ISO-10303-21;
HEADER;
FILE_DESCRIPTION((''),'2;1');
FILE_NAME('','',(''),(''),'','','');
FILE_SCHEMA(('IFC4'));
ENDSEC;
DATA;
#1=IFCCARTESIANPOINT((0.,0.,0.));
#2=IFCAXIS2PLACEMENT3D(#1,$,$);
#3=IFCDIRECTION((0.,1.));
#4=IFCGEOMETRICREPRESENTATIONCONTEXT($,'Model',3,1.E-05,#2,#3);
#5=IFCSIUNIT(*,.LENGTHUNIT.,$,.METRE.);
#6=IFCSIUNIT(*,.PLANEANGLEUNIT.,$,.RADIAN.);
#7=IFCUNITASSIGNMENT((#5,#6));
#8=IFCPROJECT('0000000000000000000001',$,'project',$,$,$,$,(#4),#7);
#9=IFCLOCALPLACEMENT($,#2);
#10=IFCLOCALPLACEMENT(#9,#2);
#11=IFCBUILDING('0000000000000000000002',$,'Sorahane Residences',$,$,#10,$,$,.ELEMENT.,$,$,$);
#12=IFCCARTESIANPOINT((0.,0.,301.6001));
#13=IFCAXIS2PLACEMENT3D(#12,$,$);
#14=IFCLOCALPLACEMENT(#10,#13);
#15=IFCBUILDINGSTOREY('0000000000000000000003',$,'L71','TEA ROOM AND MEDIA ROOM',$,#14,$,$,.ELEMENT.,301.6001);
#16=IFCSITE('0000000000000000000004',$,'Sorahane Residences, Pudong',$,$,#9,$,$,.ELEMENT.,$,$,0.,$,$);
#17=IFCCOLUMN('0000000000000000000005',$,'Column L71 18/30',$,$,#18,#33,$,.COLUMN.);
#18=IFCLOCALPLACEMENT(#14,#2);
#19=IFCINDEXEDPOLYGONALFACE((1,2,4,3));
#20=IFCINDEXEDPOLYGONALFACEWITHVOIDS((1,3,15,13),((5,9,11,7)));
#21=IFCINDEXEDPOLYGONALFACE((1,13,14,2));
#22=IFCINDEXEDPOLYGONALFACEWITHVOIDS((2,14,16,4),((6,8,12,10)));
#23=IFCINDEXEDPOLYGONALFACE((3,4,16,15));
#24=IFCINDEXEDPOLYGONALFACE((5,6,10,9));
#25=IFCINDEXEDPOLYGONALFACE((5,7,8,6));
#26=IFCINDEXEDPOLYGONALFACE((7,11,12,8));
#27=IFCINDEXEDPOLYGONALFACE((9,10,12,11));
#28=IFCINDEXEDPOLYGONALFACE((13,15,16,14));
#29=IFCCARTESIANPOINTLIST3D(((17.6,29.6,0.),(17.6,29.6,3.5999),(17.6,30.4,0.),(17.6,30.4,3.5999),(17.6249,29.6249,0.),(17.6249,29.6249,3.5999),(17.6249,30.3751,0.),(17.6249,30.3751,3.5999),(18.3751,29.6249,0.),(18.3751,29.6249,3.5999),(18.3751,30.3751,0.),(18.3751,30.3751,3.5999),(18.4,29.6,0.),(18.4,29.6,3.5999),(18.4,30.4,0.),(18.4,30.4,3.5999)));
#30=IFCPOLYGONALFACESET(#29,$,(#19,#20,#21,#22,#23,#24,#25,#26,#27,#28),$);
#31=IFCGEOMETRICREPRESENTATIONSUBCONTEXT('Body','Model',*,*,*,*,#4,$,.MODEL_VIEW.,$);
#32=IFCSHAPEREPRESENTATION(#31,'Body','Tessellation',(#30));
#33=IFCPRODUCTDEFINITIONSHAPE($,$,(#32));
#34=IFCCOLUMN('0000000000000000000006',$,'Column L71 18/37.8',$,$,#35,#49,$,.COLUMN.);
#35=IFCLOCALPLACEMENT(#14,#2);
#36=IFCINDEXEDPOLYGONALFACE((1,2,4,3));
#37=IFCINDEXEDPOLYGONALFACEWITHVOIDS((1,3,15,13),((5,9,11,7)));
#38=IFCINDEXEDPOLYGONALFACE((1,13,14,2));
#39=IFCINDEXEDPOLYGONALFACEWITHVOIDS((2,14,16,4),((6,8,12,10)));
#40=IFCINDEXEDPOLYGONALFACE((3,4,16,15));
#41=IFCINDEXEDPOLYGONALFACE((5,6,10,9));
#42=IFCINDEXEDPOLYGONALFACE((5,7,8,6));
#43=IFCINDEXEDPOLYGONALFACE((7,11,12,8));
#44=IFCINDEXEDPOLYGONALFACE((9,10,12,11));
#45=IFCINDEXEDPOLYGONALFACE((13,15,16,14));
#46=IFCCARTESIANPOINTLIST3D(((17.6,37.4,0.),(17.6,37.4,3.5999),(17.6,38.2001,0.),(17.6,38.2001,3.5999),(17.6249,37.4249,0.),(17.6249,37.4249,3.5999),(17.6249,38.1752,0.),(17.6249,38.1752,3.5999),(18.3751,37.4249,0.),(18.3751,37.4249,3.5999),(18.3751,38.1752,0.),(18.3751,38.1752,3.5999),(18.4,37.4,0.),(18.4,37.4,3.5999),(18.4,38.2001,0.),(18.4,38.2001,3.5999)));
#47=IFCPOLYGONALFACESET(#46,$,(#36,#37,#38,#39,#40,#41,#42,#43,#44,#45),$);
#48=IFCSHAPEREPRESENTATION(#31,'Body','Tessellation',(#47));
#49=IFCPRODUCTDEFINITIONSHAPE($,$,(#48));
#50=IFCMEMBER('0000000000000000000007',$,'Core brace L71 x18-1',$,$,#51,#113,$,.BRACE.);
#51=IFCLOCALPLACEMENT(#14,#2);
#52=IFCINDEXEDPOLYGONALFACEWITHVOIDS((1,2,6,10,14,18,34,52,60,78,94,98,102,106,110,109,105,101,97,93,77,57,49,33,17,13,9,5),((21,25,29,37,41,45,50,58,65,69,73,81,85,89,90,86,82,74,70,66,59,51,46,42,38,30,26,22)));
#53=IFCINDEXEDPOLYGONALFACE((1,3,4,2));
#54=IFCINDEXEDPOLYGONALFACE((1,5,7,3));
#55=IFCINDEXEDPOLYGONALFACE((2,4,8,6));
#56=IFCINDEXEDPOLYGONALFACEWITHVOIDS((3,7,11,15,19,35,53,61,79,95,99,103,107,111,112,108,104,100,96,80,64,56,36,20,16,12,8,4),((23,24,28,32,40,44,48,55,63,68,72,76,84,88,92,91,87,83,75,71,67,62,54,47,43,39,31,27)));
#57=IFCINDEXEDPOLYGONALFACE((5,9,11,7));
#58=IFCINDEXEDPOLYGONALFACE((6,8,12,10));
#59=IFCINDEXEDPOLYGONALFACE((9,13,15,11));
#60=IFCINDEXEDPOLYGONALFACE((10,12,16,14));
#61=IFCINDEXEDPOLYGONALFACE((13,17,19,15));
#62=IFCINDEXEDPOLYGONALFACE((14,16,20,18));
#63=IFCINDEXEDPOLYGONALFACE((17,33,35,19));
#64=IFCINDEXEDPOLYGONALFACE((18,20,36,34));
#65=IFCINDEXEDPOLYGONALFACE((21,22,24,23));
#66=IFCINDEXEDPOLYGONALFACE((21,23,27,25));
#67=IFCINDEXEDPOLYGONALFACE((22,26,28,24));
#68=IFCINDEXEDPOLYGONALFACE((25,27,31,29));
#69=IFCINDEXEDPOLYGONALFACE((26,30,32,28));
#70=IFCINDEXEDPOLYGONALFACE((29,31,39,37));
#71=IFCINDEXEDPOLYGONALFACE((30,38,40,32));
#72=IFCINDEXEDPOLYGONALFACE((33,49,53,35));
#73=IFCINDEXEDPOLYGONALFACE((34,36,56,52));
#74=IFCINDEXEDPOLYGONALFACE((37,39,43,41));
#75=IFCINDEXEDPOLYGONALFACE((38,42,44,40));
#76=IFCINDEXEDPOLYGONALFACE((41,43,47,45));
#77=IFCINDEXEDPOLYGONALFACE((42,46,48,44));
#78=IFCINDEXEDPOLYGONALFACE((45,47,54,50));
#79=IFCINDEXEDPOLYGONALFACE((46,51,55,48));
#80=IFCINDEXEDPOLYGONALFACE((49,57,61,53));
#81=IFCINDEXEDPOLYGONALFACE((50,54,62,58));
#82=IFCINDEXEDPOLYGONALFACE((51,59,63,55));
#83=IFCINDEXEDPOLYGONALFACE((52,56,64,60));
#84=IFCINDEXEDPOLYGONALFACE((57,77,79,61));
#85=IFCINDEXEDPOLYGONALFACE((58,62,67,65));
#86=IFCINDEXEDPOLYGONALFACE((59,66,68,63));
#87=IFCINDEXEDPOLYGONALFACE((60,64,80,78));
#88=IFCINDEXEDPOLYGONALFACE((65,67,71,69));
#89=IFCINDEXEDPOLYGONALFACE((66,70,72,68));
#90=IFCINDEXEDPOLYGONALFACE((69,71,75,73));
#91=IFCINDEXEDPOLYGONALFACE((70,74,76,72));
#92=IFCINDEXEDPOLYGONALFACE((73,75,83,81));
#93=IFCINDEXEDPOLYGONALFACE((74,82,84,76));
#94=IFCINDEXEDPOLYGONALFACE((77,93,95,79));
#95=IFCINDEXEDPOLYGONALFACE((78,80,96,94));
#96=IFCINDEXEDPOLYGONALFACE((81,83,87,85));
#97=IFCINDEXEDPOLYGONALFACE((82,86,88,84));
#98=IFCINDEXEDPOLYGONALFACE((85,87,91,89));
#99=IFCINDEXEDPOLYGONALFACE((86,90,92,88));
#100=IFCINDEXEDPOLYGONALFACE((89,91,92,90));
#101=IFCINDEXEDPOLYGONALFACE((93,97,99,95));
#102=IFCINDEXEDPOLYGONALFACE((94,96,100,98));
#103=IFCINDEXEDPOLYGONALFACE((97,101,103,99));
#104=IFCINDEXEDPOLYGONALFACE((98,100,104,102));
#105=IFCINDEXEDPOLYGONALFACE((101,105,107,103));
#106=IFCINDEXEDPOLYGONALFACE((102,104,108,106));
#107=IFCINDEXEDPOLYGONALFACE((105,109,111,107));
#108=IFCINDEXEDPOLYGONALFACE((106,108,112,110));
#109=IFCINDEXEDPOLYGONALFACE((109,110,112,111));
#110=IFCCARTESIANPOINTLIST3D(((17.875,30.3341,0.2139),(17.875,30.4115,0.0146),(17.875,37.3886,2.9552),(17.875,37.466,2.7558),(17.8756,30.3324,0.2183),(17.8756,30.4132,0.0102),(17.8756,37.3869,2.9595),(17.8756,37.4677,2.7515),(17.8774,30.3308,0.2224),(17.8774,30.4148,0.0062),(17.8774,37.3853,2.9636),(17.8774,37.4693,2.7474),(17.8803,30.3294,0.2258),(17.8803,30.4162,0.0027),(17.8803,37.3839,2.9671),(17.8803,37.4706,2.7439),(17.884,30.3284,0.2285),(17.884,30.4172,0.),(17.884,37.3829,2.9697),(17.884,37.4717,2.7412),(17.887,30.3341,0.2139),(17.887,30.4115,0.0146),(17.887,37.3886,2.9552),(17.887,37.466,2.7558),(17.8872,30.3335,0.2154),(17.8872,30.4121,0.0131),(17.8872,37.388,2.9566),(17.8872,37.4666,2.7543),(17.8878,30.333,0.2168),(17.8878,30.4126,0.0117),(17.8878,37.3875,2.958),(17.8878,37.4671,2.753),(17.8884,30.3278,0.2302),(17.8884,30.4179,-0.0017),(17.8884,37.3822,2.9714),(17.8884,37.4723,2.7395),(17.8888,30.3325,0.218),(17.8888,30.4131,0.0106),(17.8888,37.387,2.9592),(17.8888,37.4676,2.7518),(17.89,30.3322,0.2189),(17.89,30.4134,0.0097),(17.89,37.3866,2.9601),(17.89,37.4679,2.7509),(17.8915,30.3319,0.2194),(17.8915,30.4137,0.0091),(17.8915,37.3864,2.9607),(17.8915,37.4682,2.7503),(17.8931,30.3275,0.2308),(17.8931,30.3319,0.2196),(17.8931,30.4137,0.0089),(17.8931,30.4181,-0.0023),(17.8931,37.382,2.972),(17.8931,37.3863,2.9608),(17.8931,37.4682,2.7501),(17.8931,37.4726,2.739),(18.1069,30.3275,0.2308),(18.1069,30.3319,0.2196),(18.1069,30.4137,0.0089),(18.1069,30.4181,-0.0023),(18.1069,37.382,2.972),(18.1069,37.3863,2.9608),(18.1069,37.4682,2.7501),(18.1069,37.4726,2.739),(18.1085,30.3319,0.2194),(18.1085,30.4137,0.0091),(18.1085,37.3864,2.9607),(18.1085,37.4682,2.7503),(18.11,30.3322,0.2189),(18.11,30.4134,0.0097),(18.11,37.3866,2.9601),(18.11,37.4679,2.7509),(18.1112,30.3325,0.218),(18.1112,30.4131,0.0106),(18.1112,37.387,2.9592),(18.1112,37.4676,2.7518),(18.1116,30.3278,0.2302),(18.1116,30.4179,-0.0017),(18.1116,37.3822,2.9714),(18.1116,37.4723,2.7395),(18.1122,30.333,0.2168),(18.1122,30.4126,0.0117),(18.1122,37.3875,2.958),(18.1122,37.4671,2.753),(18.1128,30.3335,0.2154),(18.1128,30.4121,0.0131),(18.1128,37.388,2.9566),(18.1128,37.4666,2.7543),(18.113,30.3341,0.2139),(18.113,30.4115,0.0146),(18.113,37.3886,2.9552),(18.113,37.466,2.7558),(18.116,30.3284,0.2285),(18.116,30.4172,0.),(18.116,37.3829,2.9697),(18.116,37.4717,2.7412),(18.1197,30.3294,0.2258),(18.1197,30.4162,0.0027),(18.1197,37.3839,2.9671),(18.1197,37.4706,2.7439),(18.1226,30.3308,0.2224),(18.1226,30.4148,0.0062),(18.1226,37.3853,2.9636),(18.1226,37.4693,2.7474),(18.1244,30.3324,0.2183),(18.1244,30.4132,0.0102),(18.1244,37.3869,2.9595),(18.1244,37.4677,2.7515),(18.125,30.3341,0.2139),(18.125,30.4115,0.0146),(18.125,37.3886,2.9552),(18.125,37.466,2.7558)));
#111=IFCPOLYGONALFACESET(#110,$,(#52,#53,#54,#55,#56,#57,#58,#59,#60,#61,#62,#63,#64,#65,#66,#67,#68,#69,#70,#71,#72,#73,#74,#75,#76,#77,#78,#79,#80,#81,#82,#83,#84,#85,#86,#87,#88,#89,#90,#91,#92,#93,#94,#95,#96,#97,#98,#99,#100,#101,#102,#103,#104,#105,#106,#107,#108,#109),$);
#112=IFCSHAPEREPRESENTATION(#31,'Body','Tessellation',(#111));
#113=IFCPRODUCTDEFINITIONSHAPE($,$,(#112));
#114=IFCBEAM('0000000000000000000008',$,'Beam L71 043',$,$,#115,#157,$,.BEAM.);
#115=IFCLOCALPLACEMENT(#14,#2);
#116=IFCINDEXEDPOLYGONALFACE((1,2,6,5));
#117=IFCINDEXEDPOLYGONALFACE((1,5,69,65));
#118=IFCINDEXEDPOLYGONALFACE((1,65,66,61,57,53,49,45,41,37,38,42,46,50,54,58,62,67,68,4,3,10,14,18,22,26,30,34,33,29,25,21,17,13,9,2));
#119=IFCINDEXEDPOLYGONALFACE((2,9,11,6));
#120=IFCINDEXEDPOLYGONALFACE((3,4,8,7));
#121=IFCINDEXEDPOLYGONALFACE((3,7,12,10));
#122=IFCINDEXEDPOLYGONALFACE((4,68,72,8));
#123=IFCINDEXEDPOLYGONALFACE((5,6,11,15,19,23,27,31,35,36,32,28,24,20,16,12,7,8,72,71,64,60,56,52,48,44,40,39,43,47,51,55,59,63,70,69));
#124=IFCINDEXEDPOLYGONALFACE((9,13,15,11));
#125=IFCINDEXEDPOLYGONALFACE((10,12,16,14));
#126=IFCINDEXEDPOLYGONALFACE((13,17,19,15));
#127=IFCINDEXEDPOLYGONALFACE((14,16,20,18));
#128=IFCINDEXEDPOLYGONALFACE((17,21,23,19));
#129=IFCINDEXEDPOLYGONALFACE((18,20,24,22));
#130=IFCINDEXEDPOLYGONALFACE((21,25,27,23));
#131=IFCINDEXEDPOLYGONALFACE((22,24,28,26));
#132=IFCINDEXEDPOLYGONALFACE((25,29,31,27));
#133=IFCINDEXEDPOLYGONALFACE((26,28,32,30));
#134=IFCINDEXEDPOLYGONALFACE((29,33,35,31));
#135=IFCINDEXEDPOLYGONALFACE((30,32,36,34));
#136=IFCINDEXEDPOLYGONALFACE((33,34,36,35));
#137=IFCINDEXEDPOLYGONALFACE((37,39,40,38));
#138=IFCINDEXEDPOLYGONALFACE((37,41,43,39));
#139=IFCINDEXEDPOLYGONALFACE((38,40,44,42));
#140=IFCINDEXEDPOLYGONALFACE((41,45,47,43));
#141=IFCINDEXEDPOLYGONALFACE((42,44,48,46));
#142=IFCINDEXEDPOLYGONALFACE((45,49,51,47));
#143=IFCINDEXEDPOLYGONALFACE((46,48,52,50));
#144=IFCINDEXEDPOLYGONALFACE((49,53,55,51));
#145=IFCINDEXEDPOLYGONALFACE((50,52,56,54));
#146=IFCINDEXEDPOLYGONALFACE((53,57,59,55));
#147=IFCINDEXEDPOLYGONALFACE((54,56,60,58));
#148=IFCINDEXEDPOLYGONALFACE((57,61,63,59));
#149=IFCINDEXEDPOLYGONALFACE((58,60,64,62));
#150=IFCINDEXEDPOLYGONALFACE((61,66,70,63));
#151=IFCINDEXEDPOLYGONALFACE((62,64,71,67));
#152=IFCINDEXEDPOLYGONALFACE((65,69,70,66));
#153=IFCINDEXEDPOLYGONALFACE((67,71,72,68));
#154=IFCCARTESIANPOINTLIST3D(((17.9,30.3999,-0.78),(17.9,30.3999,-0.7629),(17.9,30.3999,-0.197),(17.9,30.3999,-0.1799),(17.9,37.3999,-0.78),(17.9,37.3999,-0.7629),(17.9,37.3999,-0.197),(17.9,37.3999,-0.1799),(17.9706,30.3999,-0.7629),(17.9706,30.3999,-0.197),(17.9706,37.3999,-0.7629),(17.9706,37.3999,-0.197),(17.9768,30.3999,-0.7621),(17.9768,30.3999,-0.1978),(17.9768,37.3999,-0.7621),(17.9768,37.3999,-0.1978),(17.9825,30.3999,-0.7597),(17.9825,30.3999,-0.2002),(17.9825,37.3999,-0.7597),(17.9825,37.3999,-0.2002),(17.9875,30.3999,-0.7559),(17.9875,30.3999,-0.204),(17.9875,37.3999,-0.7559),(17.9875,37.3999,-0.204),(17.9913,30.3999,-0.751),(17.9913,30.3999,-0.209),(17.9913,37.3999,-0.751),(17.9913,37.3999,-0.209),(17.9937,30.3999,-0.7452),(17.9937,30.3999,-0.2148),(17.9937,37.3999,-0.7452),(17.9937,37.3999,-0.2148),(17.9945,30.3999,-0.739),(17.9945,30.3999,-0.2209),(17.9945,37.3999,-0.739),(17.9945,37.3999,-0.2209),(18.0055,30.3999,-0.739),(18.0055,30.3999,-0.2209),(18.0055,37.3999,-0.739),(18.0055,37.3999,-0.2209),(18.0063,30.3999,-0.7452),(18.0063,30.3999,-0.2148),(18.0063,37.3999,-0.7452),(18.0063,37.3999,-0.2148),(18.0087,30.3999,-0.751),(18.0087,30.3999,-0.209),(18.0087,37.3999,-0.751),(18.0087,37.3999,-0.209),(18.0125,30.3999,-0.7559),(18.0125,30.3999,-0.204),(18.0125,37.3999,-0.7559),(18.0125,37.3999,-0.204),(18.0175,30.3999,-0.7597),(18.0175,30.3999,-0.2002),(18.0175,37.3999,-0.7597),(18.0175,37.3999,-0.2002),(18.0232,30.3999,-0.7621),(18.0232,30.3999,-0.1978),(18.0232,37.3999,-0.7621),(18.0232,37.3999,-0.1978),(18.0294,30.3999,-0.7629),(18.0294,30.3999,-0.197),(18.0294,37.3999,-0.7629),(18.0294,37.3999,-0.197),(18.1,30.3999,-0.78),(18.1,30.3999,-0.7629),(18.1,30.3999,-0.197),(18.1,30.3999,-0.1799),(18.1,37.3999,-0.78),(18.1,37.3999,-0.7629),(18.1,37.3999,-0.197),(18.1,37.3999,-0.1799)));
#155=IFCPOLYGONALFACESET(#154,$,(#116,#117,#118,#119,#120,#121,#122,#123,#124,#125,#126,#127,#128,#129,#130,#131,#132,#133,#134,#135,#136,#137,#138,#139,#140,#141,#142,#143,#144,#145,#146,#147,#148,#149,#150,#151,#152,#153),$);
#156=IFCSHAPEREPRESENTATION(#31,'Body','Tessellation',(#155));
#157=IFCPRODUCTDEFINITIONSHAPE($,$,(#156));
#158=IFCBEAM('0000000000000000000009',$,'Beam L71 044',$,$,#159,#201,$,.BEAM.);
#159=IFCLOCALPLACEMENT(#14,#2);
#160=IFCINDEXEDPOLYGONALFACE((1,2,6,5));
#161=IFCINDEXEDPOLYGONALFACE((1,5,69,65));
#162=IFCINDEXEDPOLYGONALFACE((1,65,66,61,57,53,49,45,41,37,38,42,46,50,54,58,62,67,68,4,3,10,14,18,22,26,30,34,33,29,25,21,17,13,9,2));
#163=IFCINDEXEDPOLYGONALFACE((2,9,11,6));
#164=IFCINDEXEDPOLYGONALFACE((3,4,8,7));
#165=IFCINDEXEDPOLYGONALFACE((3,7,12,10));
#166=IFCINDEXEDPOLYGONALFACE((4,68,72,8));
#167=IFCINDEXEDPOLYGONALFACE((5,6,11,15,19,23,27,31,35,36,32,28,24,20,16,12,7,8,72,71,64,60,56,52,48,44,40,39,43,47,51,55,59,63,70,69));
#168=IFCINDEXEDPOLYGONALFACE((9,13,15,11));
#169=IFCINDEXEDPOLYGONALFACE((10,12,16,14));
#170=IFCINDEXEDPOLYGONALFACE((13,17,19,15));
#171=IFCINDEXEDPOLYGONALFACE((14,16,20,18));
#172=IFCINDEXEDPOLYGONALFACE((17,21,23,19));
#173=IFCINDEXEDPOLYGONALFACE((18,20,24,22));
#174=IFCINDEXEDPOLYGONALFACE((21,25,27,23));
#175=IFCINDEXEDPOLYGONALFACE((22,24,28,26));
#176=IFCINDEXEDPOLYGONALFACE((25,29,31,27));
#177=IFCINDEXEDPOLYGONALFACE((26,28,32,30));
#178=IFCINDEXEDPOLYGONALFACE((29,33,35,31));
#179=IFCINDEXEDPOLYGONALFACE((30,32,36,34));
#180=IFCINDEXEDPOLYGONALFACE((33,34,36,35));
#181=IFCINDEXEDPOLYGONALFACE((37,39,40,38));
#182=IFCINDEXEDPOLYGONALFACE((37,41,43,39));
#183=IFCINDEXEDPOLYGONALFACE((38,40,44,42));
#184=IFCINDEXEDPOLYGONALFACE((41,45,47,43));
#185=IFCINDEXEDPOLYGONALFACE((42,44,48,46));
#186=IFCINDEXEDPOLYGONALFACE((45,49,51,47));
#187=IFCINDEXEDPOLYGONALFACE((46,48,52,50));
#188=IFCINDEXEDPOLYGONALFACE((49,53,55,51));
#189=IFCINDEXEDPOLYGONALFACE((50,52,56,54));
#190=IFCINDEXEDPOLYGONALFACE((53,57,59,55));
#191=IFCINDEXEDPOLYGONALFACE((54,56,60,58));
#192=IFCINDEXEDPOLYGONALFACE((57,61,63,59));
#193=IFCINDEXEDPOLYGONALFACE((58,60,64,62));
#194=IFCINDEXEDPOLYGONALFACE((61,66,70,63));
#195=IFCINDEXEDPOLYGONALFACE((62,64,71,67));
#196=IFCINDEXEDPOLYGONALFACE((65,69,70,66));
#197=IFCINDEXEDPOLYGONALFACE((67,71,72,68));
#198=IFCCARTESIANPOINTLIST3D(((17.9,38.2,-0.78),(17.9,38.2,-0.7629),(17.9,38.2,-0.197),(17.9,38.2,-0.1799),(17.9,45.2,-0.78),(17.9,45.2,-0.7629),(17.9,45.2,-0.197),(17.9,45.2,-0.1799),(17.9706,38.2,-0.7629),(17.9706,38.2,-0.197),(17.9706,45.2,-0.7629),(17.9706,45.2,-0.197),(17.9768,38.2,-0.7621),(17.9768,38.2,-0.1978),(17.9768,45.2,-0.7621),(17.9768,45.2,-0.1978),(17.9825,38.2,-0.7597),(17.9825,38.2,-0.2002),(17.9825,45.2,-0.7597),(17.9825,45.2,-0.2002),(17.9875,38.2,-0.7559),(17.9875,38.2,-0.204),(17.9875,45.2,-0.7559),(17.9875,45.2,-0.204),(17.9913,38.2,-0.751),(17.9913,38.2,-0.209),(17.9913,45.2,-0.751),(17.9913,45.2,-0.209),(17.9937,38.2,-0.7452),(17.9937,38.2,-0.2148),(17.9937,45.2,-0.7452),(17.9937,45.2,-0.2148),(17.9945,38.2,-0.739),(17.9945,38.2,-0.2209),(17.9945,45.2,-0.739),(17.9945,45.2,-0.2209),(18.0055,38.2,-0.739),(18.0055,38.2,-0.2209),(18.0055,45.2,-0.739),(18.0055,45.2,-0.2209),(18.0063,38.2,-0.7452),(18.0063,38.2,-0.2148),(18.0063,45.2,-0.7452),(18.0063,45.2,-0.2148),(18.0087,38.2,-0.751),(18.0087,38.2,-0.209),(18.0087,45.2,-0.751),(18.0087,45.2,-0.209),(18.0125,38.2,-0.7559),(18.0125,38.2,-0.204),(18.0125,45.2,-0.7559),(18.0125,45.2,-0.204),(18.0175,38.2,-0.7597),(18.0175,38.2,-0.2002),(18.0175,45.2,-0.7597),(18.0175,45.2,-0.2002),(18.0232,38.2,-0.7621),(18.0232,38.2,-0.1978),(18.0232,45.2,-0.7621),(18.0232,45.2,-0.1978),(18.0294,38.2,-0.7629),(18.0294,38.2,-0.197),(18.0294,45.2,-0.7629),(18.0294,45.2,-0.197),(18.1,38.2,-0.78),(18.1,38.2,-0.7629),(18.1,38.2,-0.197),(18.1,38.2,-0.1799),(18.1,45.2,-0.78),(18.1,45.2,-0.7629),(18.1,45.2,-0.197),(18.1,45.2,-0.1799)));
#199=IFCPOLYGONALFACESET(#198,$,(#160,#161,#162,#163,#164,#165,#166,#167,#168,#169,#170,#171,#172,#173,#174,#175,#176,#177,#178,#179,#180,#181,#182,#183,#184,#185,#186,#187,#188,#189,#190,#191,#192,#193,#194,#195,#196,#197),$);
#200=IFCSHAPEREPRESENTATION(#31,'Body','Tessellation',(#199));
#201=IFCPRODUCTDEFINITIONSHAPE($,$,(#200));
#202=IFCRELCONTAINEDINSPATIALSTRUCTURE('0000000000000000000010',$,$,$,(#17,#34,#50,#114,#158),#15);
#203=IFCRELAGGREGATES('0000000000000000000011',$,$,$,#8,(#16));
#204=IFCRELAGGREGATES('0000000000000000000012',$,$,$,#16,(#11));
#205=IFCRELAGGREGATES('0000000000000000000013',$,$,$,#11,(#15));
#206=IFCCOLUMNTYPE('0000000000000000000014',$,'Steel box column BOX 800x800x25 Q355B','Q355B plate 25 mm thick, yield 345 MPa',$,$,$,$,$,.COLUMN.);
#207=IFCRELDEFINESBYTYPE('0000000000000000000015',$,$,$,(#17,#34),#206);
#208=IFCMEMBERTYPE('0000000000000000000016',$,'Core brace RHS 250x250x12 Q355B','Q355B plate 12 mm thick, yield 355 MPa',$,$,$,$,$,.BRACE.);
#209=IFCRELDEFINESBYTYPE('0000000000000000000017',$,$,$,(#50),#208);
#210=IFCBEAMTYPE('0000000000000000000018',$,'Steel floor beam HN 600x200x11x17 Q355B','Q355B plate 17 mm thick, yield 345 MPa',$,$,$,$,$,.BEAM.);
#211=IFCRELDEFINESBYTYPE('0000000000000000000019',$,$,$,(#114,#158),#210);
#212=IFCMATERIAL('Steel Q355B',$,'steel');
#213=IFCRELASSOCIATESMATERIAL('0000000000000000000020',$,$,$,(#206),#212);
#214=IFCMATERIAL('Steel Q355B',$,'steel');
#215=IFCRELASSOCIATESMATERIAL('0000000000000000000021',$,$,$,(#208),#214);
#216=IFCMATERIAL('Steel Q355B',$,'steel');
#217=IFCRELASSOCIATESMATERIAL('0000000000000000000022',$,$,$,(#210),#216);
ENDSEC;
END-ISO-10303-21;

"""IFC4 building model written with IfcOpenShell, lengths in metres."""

from ifc_helpers import new_model, si_unit, direction, frame, origin, origin_2d, place, context, subcontext, project, spatial, hollow_rectangle, i_section, extrude, material, material_profile, profile_set, type_object, element, save


model = new_model("IFC4")

# Units and contexts
model_context = context("Model", 3, precision=1e-05, world=origin(), true_north=direction((0.0, 1.0)))
body_context = subcontext(model_context, "Body", "Model", "MODEL_VIEW")
ifc_project = project(units=[si_unit("LENGTHUNIT", "METRE"), si_unit("PLANEANGLEUNIT", "RADIAN")], contexts=[model_context])

# Site, building, storey
site_placement = place(None, origin())
site = spatial("IfcSite", under=ifc_project, at=site_placement, Name="Sorahane Residences, Pudong", CompositionType="ELEMENT", RefElevation=0.0)
building_placement = place(site_placement, origin())
building = spatial("IfcBuilding", under=site, at=building_placement, Name="Sorahane Residences", CompositionType="ELEMENT")
storey_placement = place(building_placement, frame((0.0, 0.0, 301.6001)))
storey = spatial("IfcBuildingStorey", under=building, at=storey_placement, Name="L71", Description="TEA ROOM AND MEDIA ROOM", CompositionType="ELEMENT", Elevation=301.6001)

# Columns
ifc_material_1 = material(Name="Steel Q355B", Category="steel")
ifc_material_profile_1 = material_profile(ifc_material_1, hollow_rectangle(XDim=0.8, YDim=0.8, WallThickness=0.0249, at=origin_2d()), Name="BOX 800x800x25")
ifc_profile_set_1 = profile_set([ifc_material_profile_1], Name="Steel Q355B")
column_type = type_object("IfcColumnType", Name="Steel box column BOX 800x800x25 Q355B", Description="Q355B plate 25 mm thick, yield 345 MPa", PredefinedType="COLUMN", material=ifc_profile_set_1)
for number, where, z_axis, x_axis, name in (
    (1, (18.0, 30.0, 0.0), (0.0, 0.0, 1.0), (1.0, 0.0, 0.0), "Column L71 18/30"),
    (2, (18.0, 37.8, 0.0), (0.0, 0.0, 1.0), (1.0, 0.0, 0.0), "Column L71 18/37.8"),
):
    element("IfcColumn", number, at=place(storey_placement, frame(where, z_axis=z_axis, x_axis=x_axis)), inside=storey, type_object=column_type, Name=name, PredefinedType="COLUMN", context=body_context, shape_type="SweptSolid", body=[
        extrude(hollow_rectangle(XDim=0.8, YDim=0.8, WallThickness=0.0249, at=origin_2d()), origin(), (0.0, 0.0, 1.0), 3.5999),
    ])

# Member
ifc_material_2 = material(Name="Steel Q355B", Category="steel")
ifc_material_profile_2 = material_profile(ifc_material_2, hollow_rectangle(XDim=0.25, YDim=0.25, WallThickness=0.012, InnerFilletRadius=0.0061, OuterFilletRadius=0.0181, at=origin_2d()), Name="RHS 250x250x12")
ifc_profile_set_2 = profile_set([ifc_material_profile_2], Name="Steel Q355B")
member_type = type_object("IfcMemberType", Name="Core brace RHS 250x250x12 Q355B", Description="Q355B plate 12 mm thick, yield 355 MPa", PredefinedType="BRACE", material=ifc_profile_set_2)
member_placement = place(storey_placement, frame((18.0, 30.3728, 0.1143), z_axis=(0.0, 0.932102, 0.362196), x_axis=(-1.0, 0.0, 0.0)))
element("IfcMember", 3, at=member_placement, inside=storey, type_object=member_type, Name="Core brace L71 x18-1", PredefinedType="BRACE", context=body_context, shape_type="SweptSolid", body=[
    extrude(hollow_rectangle(XDim=0.25, YDim=0.25, WallThickness=0.012, InnerFilletRadius=0.0061, OuterFilletRadius=0.0181, at=origin_2d()), origin(), (0.0, 0.0, 1.0), 7.5684),
])

# Beams
ifc_material_3 = material(Name="Steel Q355B", Category="steel")
ifc_material_profile_3 = material_profile(ifc_material_3, i_section(OverallWidth=0.2, OverallDepth=0.6001, WebThickness=0.011, FlangeThickness=0.0171, FilletRadius=0.0239, at=origin_2d()), Name="HN 600x200x11x17")
ifc_profile_set_3 = profile_set([ifc_material_profile_3], Name="Steel Q355B")
beam_type = type_object("IfcBeamType", Name="Steel floor beam HN 600x200x11x17 Q355B", Description="Q355B plate 17 mm thick, yield 345 MPa", PredefinedType="BEAM", material=ifc_profile_set_3)
for number, where, z_axis, x_axis, name in (
    (4, (18.0, 30.3999, -0.48), (0.0, 1.0, 0.0), (-1.0, 0.0, 0.0), "Beam L71 043"),
    (5, (18.0, 38.2, -0.48), (0.0, 1.0, 0.0), (-1.0, 0.0, 0.0), "Beam L71 044"),
):
    element("IfcBeam", number, at=place(storey_placement, frame(where, z_axis=z_axis, x_axis=x_axis)), inside=storey, type_object=beam_type, Name=name, PredefinedType="BEAM", context=body_context, shape_type="SweptSolid", body=[
        extrude(i_section(OverallWidth=0.2, OverallDepth=0.6001, WebThickness=0.011, FlangeThickness=0.0171, FilletRadius=0.0239, at=origin_2d()), origin(), (0.0, 0.0, 1.0), 7.0),
    ])

save(model, "model.ifc")
